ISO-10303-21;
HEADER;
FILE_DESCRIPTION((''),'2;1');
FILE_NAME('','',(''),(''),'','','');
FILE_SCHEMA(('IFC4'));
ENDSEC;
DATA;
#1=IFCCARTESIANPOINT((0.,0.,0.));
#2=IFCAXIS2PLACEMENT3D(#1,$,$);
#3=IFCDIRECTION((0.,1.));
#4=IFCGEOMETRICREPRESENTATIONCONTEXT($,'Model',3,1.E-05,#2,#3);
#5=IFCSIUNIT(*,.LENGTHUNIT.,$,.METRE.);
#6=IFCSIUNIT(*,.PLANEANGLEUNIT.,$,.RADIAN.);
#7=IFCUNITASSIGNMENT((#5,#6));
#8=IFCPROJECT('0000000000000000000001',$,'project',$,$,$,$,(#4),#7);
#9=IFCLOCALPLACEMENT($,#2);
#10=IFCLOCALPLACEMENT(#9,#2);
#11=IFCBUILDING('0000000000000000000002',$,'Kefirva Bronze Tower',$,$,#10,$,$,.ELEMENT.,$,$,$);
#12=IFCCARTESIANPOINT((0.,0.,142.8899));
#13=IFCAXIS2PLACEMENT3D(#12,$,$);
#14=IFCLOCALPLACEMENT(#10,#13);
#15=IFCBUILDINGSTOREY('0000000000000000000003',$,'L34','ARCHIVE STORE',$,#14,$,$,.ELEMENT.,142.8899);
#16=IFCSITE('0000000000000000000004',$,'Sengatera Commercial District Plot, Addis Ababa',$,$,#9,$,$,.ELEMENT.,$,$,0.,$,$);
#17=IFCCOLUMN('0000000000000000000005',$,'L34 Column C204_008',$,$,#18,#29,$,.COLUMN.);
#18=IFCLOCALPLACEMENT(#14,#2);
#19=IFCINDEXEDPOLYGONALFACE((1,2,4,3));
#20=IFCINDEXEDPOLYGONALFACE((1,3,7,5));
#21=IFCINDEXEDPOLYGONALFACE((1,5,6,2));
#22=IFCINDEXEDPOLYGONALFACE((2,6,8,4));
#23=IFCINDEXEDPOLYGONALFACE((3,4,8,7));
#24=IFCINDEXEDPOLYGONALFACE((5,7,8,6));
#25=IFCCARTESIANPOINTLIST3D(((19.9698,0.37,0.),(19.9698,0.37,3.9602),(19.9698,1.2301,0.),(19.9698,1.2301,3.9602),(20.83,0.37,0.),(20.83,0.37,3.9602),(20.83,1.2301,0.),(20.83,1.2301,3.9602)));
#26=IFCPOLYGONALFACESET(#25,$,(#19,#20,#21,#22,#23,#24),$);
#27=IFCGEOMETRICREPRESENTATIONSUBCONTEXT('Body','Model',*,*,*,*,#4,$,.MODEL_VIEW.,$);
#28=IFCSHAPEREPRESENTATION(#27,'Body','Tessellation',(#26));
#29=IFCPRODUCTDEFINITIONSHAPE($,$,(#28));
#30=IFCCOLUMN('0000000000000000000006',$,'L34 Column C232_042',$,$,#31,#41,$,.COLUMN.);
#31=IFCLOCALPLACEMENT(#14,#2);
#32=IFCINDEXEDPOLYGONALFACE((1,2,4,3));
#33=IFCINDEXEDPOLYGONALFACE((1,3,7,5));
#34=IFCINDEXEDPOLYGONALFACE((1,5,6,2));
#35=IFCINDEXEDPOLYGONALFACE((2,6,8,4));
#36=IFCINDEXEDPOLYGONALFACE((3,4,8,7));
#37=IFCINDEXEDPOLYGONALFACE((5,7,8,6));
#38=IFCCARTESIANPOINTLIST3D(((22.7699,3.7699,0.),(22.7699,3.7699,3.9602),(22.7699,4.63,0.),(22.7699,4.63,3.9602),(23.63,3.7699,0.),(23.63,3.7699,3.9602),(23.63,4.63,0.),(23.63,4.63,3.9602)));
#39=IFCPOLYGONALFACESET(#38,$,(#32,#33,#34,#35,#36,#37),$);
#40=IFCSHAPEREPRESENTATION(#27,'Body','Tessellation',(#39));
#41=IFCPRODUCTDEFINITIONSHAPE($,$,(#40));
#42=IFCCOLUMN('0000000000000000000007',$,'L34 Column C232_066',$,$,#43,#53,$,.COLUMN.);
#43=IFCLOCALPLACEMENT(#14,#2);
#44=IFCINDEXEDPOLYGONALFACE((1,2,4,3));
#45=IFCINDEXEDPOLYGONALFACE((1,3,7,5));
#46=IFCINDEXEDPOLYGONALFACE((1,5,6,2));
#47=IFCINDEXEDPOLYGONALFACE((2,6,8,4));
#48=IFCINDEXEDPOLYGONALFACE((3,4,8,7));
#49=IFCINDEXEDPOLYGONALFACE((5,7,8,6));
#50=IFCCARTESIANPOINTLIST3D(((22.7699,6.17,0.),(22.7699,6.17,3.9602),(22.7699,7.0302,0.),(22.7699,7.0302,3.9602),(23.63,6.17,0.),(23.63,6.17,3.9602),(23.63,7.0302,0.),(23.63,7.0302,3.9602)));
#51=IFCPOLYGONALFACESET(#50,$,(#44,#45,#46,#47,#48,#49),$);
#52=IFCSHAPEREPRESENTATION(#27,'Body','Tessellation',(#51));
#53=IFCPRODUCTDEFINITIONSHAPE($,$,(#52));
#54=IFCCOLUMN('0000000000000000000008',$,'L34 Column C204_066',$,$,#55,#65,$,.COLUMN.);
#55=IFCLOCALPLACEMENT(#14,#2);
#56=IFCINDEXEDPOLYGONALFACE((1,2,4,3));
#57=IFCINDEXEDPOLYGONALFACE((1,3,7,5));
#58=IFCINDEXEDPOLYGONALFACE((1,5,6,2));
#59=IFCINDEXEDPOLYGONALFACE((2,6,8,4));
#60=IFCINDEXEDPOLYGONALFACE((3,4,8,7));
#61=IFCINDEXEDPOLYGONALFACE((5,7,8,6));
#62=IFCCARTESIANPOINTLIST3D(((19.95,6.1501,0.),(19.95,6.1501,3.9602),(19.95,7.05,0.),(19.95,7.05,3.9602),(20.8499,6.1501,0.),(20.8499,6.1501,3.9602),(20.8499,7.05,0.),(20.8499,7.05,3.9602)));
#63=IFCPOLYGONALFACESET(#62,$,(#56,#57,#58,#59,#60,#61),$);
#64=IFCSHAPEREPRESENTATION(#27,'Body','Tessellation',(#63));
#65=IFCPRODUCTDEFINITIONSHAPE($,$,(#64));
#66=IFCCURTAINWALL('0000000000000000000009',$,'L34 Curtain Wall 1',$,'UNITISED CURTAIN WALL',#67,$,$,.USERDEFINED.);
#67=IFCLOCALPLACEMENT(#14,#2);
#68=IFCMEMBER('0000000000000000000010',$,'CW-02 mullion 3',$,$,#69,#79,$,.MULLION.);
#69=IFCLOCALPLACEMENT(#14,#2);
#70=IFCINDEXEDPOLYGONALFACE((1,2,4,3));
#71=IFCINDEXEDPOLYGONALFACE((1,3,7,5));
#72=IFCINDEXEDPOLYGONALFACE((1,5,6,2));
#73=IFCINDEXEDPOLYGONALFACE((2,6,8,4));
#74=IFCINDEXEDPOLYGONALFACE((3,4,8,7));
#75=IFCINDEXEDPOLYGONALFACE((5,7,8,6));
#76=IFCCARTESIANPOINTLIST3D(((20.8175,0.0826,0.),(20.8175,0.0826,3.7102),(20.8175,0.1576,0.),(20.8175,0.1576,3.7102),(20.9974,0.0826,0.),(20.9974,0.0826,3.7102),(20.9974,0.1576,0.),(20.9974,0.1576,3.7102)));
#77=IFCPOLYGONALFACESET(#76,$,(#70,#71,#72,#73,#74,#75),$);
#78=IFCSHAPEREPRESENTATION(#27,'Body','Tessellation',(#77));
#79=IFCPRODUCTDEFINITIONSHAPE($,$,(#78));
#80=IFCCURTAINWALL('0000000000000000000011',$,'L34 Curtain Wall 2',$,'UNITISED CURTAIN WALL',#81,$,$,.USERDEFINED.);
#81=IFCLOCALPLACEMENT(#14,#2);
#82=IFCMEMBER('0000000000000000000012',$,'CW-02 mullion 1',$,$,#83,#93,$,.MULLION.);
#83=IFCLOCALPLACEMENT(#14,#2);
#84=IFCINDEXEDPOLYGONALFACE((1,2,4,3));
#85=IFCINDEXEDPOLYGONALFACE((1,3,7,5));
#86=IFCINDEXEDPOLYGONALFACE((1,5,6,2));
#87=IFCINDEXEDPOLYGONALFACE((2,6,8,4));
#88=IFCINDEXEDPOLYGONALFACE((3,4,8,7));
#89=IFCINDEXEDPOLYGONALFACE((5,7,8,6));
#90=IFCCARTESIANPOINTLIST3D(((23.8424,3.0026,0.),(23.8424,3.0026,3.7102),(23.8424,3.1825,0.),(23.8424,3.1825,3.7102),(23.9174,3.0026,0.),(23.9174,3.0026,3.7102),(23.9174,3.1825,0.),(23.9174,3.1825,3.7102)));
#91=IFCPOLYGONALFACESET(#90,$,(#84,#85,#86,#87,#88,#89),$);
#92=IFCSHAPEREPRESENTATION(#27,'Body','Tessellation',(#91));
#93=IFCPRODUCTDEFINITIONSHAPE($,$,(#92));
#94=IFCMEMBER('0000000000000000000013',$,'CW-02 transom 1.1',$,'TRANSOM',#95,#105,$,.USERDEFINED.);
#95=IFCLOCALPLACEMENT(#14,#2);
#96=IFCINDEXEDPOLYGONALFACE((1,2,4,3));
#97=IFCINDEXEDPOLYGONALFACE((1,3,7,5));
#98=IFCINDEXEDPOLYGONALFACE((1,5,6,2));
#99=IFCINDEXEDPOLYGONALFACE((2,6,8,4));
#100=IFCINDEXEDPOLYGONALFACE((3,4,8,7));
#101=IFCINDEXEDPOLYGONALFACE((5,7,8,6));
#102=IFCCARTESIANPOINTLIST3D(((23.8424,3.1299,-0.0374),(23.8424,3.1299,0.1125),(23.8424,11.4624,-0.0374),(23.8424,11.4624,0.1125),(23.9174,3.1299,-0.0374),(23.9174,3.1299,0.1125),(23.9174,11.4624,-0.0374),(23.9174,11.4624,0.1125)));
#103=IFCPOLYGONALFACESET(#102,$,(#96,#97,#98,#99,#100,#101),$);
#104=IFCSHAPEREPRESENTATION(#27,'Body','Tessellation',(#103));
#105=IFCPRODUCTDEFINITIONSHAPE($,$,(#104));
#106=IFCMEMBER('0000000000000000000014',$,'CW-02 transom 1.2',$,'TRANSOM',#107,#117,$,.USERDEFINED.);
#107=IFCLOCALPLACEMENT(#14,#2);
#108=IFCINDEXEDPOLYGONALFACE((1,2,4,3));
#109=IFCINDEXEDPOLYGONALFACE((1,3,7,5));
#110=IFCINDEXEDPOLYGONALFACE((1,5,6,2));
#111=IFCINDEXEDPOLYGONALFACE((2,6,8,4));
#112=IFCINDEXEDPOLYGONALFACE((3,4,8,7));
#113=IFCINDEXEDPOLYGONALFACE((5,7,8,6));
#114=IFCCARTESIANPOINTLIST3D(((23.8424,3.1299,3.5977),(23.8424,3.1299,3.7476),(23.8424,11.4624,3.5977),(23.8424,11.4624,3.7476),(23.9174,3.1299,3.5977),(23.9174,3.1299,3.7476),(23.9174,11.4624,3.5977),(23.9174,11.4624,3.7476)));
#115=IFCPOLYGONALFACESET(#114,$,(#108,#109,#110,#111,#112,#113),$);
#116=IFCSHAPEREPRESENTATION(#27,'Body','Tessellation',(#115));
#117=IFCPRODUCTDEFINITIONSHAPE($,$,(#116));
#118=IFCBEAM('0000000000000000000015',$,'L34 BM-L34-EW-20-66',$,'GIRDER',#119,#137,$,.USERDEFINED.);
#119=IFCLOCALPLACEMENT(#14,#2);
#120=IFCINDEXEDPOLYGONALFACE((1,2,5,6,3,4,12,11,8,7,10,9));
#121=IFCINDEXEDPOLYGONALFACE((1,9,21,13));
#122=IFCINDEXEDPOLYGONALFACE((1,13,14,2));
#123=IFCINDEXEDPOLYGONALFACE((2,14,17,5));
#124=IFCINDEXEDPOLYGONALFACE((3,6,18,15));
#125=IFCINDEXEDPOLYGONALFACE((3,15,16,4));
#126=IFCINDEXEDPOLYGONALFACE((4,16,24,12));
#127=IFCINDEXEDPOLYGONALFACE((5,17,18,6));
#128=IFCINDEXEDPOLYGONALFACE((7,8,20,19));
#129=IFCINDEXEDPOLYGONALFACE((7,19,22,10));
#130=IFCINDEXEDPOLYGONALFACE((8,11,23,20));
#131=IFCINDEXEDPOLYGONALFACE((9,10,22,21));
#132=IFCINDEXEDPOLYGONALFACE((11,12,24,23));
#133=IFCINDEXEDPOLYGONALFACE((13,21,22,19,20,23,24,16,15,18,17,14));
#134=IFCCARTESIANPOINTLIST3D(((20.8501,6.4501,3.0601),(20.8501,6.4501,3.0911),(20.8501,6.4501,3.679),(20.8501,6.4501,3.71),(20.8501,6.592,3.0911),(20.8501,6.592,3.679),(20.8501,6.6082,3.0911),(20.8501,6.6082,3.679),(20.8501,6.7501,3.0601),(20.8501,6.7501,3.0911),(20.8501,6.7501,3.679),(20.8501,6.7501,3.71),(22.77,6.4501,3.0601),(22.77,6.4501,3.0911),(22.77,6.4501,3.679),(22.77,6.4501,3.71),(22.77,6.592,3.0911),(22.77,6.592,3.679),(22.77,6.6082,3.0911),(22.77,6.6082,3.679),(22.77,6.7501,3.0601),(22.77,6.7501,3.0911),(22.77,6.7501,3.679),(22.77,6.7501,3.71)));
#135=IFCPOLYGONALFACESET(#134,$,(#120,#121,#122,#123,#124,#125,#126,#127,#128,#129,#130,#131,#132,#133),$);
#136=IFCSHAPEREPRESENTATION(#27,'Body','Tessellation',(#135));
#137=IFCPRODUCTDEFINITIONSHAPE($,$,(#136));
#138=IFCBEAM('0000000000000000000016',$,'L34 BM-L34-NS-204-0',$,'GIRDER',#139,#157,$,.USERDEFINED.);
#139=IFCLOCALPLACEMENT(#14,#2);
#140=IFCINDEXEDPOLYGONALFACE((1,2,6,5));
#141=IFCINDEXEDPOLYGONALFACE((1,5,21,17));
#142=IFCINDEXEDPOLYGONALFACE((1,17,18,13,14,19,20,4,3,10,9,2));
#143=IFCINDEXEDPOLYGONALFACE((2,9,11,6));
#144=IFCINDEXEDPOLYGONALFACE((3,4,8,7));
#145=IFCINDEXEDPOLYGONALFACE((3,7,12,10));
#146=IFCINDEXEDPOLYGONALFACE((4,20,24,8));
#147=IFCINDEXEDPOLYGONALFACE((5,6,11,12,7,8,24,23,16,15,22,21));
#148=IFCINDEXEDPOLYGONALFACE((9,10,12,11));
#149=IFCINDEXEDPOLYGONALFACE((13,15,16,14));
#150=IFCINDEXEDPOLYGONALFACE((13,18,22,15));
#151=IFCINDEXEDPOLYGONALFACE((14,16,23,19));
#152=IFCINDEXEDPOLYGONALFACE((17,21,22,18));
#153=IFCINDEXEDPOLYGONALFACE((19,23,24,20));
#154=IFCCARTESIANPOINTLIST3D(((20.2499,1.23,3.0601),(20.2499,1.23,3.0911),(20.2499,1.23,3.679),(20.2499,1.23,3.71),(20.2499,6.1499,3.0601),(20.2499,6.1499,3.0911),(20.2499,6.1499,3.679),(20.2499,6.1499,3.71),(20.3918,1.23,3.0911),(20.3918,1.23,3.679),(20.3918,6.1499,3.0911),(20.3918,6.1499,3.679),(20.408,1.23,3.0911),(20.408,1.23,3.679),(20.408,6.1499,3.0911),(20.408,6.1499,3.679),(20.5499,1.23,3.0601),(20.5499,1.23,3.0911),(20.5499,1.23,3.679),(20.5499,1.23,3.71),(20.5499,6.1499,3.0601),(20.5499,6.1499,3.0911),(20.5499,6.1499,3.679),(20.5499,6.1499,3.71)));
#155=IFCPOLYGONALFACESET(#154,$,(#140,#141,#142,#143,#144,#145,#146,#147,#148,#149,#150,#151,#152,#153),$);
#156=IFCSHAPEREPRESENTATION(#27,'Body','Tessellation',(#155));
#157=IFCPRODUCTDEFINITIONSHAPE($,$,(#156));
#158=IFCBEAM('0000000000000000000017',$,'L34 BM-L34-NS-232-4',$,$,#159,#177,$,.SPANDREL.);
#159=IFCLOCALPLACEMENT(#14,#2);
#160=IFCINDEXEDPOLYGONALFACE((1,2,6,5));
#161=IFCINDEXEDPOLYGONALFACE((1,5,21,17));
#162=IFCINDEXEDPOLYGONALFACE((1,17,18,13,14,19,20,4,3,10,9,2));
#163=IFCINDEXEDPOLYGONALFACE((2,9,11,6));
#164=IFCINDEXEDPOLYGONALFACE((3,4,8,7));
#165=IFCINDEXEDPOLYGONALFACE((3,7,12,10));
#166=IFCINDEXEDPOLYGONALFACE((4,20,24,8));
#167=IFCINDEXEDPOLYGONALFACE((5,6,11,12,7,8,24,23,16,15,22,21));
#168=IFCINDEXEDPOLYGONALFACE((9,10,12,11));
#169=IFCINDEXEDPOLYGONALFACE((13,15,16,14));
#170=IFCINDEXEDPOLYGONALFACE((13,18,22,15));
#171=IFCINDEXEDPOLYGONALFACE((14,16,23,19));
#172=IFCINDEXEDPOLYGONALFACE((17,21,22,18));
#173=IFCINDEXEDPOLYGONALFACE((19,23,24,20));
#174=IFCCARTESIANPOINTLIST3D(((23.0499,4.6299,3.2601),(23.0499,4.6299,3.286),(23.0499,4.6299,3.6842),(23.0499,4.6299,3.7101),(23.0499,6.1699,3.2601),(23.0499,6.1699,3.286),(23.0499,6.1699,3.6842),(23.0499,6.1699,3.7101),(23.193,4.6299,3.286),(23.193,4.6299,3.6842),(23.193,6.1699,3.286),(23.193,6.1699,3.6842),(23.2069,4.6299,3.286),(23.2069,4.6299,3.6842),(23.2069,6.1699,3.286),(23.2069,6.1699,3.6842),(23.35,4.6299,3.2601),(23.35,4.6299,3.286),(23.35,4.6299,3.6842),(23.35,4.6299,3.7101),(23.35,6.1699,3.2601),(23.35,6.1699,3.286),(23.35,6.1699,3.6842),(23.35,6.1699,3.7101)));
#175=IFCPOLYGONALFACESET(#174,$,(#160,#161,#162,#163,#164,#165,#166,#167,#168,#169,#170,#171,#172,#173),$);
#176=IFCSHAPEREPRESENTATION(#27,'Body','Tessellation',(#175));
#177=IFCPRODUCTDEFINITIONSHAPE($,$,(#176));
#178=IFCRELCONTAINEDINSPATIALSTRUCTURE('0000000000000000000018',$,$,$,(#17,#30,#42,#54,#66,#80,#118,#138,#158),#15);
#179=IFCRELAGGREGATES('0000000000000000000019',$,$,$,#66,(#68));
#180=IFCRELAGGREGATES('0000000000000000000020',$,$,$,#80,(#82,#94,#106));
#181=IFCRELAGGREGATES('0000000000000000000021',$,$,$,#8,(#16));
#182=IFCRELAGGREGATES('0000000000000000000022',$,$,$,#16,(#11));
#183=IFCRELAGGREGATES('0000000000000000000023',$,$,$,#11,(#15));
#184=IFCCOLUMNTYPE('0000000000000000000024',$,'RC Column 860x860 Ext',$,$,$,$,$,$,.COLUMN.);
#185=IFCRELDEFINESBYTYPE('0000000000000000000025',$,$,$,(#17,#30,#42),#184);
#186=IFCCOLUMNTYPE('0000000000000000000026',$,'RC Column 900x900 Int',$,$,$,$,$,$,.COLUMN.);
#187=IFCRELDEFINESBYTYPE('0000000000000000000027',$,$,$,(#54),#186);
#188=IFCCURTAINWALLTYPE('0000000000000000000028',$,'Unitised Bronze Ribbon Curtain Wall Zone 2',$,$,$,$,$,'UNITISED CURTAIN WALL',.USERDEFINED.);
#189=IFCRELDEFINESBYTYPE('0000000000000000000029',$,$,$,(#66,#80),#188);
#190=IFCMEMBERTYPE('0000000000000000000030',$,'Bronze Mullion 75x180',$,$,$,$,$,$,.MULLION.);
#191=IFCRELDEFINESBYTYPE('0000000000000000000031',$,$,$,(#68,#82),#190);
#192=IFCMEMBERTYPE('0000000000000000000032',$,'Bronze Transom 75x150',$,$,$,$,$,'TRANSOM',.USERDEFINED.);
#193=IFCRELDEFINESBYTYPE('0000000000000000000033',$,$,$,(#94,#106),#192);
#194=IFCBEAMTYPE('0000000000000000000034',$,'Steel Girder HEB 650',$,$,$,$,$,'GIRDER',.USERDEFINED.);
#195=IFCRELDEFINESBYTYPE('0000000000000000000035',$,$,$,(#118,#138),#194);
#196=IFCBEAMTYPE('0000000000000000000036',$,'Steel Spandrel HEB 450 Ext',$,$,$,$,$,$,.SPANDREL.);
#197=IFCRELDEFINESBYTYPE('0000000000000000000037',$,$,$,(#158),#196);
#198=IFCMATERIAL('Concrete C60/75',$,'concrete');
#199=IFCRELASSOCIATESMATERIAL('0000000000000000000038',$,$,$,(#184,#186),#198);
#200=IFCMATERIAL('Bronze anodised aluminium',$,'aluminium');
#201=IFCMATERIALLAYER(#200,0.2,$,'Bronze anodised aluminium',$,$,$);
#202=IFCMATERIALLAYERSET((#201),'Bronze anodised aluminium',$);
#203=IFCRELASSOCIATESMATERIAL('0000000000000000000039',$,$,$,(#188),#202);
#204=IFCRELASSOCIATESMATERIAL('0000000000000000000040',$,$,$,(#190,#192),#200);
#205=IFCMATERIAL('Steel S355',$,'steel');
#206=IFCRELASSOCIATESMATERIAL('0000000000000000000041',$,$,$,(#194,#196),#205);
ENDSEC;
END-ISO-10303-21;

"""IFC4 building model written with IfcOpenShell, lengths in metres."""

from ifc_helpers import new_model, si_unit, direction, frame, origin, origin_2d, place, context, subcontext, project, spatial, rectangle, i_section, extrude, material, layer, layer_set, material_profile, profile_set, type_object, element, aggregate, save


model = new_model("IFC4")

# Units and contexts
model_context = context("Model", 3, precision=1e-05, world=origin(), true_north=direction((0.0, 1.0)))
body_context = subcontext(model_context, "Body", "Model", "MODEL_VIEW")
ifc_project = project(units=[si_unit("LENGTHUNIT", "METRE"), si_unit("PLANEANGLEUNIT", "RADIAN")], contexts=[model_context])

# Site, building, storey
site_placement = place(None, origin())
site = spatial("IfcSite", under=ifc_project, at=site_placement, Name="Sengatera Commercial District Plot, Addis Ababa", CompositionType="ELEMENT", RefElevation=0.0)
building_placement = place(site_placement, origin())
building = spatial("IfcBuilding", under=site, at=building_placement, Name="Kefirva Bronze Tower", CompositionType="ELEMENT")
storey_placement = place(building_placement, frame((0.0, 0.0, 142.8899)))
storey = spatial("IfcBuildingStorey", under=building, at=storey_placement, Name="L34", Description="ARCHIVE STORE", CompositionType="ELEMENT", Elevation=142.8899)

# Columns
ifc_material_1 = material(Name="Concrete C60/75", Category="concrete")
ifc_material_profile_1 = material_profile(ifc_material_1, rectangle(XDim=0.8601, YDim=0.8601, at=origin_2d()), Name="RC 860x860")
ifc_profile_set_1 = profile_set([ifc_material_profile_1], Name="Concrete C60/75")
column_type_1 = type_object("IfcColumnType", Name="RC Column 860x860 Ext", PredefinedType="COLUMN", material=ifc_profile_set_1)
for number, where, z_axis, x_axis, name in (
    (1, (20.3999, 0.8, 0.0), (0.0, 0.0, 1.0), (1.0, 0.0, 0.0), "L34 Column C204_008"),
    (2, (23.2, 4.2, 0.0), (0.0, 0.0, 1.0), (1.0, 0.0, 0.0), "L34 Column C232_042"),
    (3, (23.2, 6.6001, 0.0), (0.0, 0.0, 1.0), (1.0, 0.0, 0.0), "L34 Column C232_066"),
):
    element("IfcColumn", number, at=place(storey_placement, frame(where, z_axis=z_axis, x_axis=x_axis)), inside=storey, type_object=column_type_1, Name=name, PredefinedType="COLUMN", context=body_context, shape_type="SweptSolid", body=[
        extrude(rectangle(XDim=0.8601, YDim=0.8601, at=origin_2d()), origin(), (0.0, 0.0, 1.0), 3.9602),
    ])
ifc_material_profile_2 = material_profile(ifc_material_1, rectangle(XDim=0.8999, YDim=0.8999, at=origin_2d()), Name="RC 900x900")
ifc_profile_set_2 = profile_set([ifc_material_profile_2], Name="Concrete C60/75")
column_type_2 = type_object("IfcColumnType", Name="RC Column 900x900 Int", PredefinedType="COLUMN", material=ifc_profile_set_2)
column_placement = place(storey_placement, frame((20.3999, 6.6001, 0.0), z_axis=(0.0, 0.0, 1.0), x_axis=(1.0, 0.0, 0.0)))
element("IfcColumn", 4, at=column_placement, inside=storey, type_object=column_type_2, Name="L34 Column C204_066", PredefinedType="COLUMN", context=body_context, shape_type="SweptSolid", body=[
    extrude(rectangle(XDim=0.8999, YDim=0.8999, at=origin_2d()), origin(), (0.0, 0.0, 1.0), 3.9602),
])

# Curtain wall, member
ifc_material_2 = material(Name="Bronze anodised aluminium", Category="aluminium")
ifc_layer_1 = layer(ifc_material_2, 0.2, Name="Bronze anodised aluminium")
ifc_layer_set_1 = layer_set([ifc_layer_1], Name="Bronze anodised aluminium")
curtain_wall_type = type_object("IfcCurtainWallType", Name="Unitised Bronze Ribbon Curtain Wall Zone 2", ElementType="UNITISED CURTAIN WALL", PredefinedType="USERDEFINED", material=ifc_layer_set_1)
curtain_wall_1_placement = place(storey_placement, origin())
curtain_wall_1 = element("IfcCurtainWall", 5, at=curtain_wall_1_placement, inside=storey, type_object=curtain_wall_type, Name="L34 Curtain Wall 1", ObjectType="UNITISED CURTAIN WALL", PredefinedType="USERDEFINED")
ifc_material_profile_3 = material_profile(ifc_material_2, rectangle(XDim=0.075, YDim=0.1799, at=origin_2d()), Name="ALU 75x180")
ifc_profile_set_3 = profile_set([ifc_material_profile_3], Name="Bronze anodised aluminium")
member_type_1 = type_object("IfcMemberType", Name="Bronze Mullion 75x180", PredefinedType="MULLION", material=ifc_profile_set_3)
member_1_placement = place(storey_placement, frame((20.9075, 0.1201, 0.0), z_axis=(0.0, 0.0, 1.0), x_axis=(0.0, 1.0, 0.0)))
member_1 = element("IfcMember", 6, at=member_1_placement, type_object=member_type_1, Name="CW-02 mullion 3", PredefinedType="MULLION", context=body_context, shape_type="SweptSolid", body=[
    extrude(rectangle(XDim=0.075, YDim=0.1799, at=origin_2d()), origin(), (0.0, 0.0, 1.0), 3.7102),
])
aggregate(curtain_wall_1, [member_1])

# Curtain wall, members
curtain_wall_2_placement = place(storey_placement, origin())
curtain_wall_2 = element("IfcCurtainWall", 7, at=curtain_wall_2_placement, inside=storey, type_object=curtain_wall_type, Name="L34 Curtain Wall 2", ObjectType="UNITISED CURTAIN WALL", PredefinedType="USERDEFINED")
member_2_placement = place(storey_placement, frame((23.8799, 3.0925, 0.0), z_axis=(0.0, 0.0, 1.0), x_axis=(-1.0, 0.0, 0.0)))
member_2 = element("IfcMember", 8, at=member_2_placement, type_object=member_type_1, Name="CW-02 mullion 1", PredefinedType="MULLION", context=body_context, shape_type="SweptSolid", body=[
    extrude(rectangle(XDim=0.075, YDim=0.1799, at=origin_2d()), origin(), (0.0, 0.0, 1.0), 3.7102),
])
ifc_material_profile_4 = material_profile(ifc_material_2, rectangle(XDim=0.075, YDim=0.1499, at=origin_2d()), Name="ALU 75x150")
ifc_profile_set_4 = profile_set([ifc_material_profile_4], Name="Bronze anodised aluminium")
member_type_2 = type_object("IfcMemberType", Name="Bronze Transom 75x150", ElementType="TRANSOM", PredefinedType="USERDEFINED", material=ifc_profile_set_4)
member_3_placement = place(storey_placement, frame((23.8799, 3.1299, 0.0376), z_axis=(0.0, 1.0, 0.0), x_axis=(-1.0, 0.0, 0.0)))
member_3 = element("IfcMember", 9, at=member_3_placement, type_object=member_type_2, Name="CW-02 transom 1.1", ObjectType="TRANSOM", PredefinedType="USERDEFINED", context=body_context, shape_type="SweptSolid", body=[
    extrude(rectangle(XDim=0.075, YDim=0.1499, at=origin_2d()), origin(), (0.0, 0.0, 1.0), 8.3325),
])
member_4_placement = place(storey_placement, frame((23.8799, 3.1299, 3.6726), z_axis=(0.0, 1.0, 0.0), x_axis=(-1.0, 0.0, 0.0)))
member_4 = element("IfcMember", 10, at=member_4_placement, type_object=member_type_2, Name="CW-02 transom 1.2", ObjectType="TRANSOM", PredefinedType="USERDEFINED", context=body_context, shape_type="SweptSolid", body=[
    extrude(rectangle(XDim=0.075, YDim=0.1499, at=origin_2d()), origin(), (0.0, 0.0, 1.0), 8.3325),
])

# Beams
ifc_material_3 = material(Name="Steel S355", Category="steel")
ifc_material_profile_5 = material_profile(ifc_material_3, i_section(OverallWidth=0.3, OverallDepth=0.6499, WebThickness=0.0161, FlangeThickness=0.031, at=origin_2d()), Name="HEB 650")
ifc_profile_set_5 = profile_set([ifc_material_profile_5], Name="Steel S355")
beam_type_1 = type_object("IfcBeamType", Name="Steel Girder HEB 650", ElementType="GIRDER", PredefinedType="USERDEFINED", material=ifc_profile_set_5)
beam_1_placement = place(storey_placement, frame((20.8501, 6.6001, 3.385), z_axis=(1.0, 0.0, 0.0), x_axis=(0.0, 1.0, 0.0)))
element("IfcBeam", 11, at=beam_1_placement, inside=storey, type_object=beam_type_1, Name="L34 BM-L34-EW-20-66", ObjectType="GIRDER", PredefinedType="USERDEFINED", context=body_context, shape_type="SweptSolid", body=[
    extrude(i_section(OverallWidth=0.3, OverallDepth=0.6499, WebThickness=0.0161, FlangeThickness=0.031, at=origin_2d()), origin(), (0.0, 0.0, 1.0), 1.9199),
])
beam_2_placement = place(storey_placement, frame((20.3999, 1.23, 3.385), z_axis=(0.0, 1.0, 0.0), x_axis=(-1.0, 0.0, 0.0)))
element("IfcBeam", 12, at=beam_2_placement, inside=storey, type_object=beam_type_1, Name="L34 BM-L34-NS-204-0", ObjectType="GIRDER", PredefinedType="USERDEFINED", context=body_context, shape_type="SweptSolid", body=[
    extrude(i_section(OverallWidth=0.3, OverallDepth=0.6499, WebThickness=0.0161, FlangeThickness=0.031, at=origin_2d()), origin(), (0.0, 0.0, 1.0), 4.9199),
])
ifc_material_profile_6 = material_profile(ifc_material_3, i_section(OverallWidth=0.3, OverallDepth=0.45, WebThickness=0.0139, FlangeThickness=0.0259, at=origin_2d()), Name="HEB 450")
ifc_profile_set_6 = profile_set([ifc_material_profile_6], Name="Steel S355")
beam_type_2 = type_object("IfcBeamType", Name="Steel Spandrel HEB 450 Ext", PredefinedType="SPANDREL", material=ifc_profile_set_6)
beam_3_placement = place(storey_placement, frame((23.2, 4.6299, 3.4851), z_axis=(0.0, 1.0, 0.0), x_axis=(-1.0, 0.0, 0.0)))
element("IfcBeam", 13, at=beam_3_placement, inside=storey, type_object=beam_type_2, Name="L34 BM-L34-NS-232-4", PredefinedType="SPANDREL", context=body_context, shape_type="SweptSolid", body=[
    extrude(i_section(OverallWidth=0.3, OverallDepth=0.45, WebThickness=0.0139, FlangeThickness=0.0259, at=origin_2d()), origin(), (0.0, 0.0, 1.0), 1.54),
])

aggregate(curtain_wall_2, [member_2, member_3, member_4])

save(model, "model.ifc")
